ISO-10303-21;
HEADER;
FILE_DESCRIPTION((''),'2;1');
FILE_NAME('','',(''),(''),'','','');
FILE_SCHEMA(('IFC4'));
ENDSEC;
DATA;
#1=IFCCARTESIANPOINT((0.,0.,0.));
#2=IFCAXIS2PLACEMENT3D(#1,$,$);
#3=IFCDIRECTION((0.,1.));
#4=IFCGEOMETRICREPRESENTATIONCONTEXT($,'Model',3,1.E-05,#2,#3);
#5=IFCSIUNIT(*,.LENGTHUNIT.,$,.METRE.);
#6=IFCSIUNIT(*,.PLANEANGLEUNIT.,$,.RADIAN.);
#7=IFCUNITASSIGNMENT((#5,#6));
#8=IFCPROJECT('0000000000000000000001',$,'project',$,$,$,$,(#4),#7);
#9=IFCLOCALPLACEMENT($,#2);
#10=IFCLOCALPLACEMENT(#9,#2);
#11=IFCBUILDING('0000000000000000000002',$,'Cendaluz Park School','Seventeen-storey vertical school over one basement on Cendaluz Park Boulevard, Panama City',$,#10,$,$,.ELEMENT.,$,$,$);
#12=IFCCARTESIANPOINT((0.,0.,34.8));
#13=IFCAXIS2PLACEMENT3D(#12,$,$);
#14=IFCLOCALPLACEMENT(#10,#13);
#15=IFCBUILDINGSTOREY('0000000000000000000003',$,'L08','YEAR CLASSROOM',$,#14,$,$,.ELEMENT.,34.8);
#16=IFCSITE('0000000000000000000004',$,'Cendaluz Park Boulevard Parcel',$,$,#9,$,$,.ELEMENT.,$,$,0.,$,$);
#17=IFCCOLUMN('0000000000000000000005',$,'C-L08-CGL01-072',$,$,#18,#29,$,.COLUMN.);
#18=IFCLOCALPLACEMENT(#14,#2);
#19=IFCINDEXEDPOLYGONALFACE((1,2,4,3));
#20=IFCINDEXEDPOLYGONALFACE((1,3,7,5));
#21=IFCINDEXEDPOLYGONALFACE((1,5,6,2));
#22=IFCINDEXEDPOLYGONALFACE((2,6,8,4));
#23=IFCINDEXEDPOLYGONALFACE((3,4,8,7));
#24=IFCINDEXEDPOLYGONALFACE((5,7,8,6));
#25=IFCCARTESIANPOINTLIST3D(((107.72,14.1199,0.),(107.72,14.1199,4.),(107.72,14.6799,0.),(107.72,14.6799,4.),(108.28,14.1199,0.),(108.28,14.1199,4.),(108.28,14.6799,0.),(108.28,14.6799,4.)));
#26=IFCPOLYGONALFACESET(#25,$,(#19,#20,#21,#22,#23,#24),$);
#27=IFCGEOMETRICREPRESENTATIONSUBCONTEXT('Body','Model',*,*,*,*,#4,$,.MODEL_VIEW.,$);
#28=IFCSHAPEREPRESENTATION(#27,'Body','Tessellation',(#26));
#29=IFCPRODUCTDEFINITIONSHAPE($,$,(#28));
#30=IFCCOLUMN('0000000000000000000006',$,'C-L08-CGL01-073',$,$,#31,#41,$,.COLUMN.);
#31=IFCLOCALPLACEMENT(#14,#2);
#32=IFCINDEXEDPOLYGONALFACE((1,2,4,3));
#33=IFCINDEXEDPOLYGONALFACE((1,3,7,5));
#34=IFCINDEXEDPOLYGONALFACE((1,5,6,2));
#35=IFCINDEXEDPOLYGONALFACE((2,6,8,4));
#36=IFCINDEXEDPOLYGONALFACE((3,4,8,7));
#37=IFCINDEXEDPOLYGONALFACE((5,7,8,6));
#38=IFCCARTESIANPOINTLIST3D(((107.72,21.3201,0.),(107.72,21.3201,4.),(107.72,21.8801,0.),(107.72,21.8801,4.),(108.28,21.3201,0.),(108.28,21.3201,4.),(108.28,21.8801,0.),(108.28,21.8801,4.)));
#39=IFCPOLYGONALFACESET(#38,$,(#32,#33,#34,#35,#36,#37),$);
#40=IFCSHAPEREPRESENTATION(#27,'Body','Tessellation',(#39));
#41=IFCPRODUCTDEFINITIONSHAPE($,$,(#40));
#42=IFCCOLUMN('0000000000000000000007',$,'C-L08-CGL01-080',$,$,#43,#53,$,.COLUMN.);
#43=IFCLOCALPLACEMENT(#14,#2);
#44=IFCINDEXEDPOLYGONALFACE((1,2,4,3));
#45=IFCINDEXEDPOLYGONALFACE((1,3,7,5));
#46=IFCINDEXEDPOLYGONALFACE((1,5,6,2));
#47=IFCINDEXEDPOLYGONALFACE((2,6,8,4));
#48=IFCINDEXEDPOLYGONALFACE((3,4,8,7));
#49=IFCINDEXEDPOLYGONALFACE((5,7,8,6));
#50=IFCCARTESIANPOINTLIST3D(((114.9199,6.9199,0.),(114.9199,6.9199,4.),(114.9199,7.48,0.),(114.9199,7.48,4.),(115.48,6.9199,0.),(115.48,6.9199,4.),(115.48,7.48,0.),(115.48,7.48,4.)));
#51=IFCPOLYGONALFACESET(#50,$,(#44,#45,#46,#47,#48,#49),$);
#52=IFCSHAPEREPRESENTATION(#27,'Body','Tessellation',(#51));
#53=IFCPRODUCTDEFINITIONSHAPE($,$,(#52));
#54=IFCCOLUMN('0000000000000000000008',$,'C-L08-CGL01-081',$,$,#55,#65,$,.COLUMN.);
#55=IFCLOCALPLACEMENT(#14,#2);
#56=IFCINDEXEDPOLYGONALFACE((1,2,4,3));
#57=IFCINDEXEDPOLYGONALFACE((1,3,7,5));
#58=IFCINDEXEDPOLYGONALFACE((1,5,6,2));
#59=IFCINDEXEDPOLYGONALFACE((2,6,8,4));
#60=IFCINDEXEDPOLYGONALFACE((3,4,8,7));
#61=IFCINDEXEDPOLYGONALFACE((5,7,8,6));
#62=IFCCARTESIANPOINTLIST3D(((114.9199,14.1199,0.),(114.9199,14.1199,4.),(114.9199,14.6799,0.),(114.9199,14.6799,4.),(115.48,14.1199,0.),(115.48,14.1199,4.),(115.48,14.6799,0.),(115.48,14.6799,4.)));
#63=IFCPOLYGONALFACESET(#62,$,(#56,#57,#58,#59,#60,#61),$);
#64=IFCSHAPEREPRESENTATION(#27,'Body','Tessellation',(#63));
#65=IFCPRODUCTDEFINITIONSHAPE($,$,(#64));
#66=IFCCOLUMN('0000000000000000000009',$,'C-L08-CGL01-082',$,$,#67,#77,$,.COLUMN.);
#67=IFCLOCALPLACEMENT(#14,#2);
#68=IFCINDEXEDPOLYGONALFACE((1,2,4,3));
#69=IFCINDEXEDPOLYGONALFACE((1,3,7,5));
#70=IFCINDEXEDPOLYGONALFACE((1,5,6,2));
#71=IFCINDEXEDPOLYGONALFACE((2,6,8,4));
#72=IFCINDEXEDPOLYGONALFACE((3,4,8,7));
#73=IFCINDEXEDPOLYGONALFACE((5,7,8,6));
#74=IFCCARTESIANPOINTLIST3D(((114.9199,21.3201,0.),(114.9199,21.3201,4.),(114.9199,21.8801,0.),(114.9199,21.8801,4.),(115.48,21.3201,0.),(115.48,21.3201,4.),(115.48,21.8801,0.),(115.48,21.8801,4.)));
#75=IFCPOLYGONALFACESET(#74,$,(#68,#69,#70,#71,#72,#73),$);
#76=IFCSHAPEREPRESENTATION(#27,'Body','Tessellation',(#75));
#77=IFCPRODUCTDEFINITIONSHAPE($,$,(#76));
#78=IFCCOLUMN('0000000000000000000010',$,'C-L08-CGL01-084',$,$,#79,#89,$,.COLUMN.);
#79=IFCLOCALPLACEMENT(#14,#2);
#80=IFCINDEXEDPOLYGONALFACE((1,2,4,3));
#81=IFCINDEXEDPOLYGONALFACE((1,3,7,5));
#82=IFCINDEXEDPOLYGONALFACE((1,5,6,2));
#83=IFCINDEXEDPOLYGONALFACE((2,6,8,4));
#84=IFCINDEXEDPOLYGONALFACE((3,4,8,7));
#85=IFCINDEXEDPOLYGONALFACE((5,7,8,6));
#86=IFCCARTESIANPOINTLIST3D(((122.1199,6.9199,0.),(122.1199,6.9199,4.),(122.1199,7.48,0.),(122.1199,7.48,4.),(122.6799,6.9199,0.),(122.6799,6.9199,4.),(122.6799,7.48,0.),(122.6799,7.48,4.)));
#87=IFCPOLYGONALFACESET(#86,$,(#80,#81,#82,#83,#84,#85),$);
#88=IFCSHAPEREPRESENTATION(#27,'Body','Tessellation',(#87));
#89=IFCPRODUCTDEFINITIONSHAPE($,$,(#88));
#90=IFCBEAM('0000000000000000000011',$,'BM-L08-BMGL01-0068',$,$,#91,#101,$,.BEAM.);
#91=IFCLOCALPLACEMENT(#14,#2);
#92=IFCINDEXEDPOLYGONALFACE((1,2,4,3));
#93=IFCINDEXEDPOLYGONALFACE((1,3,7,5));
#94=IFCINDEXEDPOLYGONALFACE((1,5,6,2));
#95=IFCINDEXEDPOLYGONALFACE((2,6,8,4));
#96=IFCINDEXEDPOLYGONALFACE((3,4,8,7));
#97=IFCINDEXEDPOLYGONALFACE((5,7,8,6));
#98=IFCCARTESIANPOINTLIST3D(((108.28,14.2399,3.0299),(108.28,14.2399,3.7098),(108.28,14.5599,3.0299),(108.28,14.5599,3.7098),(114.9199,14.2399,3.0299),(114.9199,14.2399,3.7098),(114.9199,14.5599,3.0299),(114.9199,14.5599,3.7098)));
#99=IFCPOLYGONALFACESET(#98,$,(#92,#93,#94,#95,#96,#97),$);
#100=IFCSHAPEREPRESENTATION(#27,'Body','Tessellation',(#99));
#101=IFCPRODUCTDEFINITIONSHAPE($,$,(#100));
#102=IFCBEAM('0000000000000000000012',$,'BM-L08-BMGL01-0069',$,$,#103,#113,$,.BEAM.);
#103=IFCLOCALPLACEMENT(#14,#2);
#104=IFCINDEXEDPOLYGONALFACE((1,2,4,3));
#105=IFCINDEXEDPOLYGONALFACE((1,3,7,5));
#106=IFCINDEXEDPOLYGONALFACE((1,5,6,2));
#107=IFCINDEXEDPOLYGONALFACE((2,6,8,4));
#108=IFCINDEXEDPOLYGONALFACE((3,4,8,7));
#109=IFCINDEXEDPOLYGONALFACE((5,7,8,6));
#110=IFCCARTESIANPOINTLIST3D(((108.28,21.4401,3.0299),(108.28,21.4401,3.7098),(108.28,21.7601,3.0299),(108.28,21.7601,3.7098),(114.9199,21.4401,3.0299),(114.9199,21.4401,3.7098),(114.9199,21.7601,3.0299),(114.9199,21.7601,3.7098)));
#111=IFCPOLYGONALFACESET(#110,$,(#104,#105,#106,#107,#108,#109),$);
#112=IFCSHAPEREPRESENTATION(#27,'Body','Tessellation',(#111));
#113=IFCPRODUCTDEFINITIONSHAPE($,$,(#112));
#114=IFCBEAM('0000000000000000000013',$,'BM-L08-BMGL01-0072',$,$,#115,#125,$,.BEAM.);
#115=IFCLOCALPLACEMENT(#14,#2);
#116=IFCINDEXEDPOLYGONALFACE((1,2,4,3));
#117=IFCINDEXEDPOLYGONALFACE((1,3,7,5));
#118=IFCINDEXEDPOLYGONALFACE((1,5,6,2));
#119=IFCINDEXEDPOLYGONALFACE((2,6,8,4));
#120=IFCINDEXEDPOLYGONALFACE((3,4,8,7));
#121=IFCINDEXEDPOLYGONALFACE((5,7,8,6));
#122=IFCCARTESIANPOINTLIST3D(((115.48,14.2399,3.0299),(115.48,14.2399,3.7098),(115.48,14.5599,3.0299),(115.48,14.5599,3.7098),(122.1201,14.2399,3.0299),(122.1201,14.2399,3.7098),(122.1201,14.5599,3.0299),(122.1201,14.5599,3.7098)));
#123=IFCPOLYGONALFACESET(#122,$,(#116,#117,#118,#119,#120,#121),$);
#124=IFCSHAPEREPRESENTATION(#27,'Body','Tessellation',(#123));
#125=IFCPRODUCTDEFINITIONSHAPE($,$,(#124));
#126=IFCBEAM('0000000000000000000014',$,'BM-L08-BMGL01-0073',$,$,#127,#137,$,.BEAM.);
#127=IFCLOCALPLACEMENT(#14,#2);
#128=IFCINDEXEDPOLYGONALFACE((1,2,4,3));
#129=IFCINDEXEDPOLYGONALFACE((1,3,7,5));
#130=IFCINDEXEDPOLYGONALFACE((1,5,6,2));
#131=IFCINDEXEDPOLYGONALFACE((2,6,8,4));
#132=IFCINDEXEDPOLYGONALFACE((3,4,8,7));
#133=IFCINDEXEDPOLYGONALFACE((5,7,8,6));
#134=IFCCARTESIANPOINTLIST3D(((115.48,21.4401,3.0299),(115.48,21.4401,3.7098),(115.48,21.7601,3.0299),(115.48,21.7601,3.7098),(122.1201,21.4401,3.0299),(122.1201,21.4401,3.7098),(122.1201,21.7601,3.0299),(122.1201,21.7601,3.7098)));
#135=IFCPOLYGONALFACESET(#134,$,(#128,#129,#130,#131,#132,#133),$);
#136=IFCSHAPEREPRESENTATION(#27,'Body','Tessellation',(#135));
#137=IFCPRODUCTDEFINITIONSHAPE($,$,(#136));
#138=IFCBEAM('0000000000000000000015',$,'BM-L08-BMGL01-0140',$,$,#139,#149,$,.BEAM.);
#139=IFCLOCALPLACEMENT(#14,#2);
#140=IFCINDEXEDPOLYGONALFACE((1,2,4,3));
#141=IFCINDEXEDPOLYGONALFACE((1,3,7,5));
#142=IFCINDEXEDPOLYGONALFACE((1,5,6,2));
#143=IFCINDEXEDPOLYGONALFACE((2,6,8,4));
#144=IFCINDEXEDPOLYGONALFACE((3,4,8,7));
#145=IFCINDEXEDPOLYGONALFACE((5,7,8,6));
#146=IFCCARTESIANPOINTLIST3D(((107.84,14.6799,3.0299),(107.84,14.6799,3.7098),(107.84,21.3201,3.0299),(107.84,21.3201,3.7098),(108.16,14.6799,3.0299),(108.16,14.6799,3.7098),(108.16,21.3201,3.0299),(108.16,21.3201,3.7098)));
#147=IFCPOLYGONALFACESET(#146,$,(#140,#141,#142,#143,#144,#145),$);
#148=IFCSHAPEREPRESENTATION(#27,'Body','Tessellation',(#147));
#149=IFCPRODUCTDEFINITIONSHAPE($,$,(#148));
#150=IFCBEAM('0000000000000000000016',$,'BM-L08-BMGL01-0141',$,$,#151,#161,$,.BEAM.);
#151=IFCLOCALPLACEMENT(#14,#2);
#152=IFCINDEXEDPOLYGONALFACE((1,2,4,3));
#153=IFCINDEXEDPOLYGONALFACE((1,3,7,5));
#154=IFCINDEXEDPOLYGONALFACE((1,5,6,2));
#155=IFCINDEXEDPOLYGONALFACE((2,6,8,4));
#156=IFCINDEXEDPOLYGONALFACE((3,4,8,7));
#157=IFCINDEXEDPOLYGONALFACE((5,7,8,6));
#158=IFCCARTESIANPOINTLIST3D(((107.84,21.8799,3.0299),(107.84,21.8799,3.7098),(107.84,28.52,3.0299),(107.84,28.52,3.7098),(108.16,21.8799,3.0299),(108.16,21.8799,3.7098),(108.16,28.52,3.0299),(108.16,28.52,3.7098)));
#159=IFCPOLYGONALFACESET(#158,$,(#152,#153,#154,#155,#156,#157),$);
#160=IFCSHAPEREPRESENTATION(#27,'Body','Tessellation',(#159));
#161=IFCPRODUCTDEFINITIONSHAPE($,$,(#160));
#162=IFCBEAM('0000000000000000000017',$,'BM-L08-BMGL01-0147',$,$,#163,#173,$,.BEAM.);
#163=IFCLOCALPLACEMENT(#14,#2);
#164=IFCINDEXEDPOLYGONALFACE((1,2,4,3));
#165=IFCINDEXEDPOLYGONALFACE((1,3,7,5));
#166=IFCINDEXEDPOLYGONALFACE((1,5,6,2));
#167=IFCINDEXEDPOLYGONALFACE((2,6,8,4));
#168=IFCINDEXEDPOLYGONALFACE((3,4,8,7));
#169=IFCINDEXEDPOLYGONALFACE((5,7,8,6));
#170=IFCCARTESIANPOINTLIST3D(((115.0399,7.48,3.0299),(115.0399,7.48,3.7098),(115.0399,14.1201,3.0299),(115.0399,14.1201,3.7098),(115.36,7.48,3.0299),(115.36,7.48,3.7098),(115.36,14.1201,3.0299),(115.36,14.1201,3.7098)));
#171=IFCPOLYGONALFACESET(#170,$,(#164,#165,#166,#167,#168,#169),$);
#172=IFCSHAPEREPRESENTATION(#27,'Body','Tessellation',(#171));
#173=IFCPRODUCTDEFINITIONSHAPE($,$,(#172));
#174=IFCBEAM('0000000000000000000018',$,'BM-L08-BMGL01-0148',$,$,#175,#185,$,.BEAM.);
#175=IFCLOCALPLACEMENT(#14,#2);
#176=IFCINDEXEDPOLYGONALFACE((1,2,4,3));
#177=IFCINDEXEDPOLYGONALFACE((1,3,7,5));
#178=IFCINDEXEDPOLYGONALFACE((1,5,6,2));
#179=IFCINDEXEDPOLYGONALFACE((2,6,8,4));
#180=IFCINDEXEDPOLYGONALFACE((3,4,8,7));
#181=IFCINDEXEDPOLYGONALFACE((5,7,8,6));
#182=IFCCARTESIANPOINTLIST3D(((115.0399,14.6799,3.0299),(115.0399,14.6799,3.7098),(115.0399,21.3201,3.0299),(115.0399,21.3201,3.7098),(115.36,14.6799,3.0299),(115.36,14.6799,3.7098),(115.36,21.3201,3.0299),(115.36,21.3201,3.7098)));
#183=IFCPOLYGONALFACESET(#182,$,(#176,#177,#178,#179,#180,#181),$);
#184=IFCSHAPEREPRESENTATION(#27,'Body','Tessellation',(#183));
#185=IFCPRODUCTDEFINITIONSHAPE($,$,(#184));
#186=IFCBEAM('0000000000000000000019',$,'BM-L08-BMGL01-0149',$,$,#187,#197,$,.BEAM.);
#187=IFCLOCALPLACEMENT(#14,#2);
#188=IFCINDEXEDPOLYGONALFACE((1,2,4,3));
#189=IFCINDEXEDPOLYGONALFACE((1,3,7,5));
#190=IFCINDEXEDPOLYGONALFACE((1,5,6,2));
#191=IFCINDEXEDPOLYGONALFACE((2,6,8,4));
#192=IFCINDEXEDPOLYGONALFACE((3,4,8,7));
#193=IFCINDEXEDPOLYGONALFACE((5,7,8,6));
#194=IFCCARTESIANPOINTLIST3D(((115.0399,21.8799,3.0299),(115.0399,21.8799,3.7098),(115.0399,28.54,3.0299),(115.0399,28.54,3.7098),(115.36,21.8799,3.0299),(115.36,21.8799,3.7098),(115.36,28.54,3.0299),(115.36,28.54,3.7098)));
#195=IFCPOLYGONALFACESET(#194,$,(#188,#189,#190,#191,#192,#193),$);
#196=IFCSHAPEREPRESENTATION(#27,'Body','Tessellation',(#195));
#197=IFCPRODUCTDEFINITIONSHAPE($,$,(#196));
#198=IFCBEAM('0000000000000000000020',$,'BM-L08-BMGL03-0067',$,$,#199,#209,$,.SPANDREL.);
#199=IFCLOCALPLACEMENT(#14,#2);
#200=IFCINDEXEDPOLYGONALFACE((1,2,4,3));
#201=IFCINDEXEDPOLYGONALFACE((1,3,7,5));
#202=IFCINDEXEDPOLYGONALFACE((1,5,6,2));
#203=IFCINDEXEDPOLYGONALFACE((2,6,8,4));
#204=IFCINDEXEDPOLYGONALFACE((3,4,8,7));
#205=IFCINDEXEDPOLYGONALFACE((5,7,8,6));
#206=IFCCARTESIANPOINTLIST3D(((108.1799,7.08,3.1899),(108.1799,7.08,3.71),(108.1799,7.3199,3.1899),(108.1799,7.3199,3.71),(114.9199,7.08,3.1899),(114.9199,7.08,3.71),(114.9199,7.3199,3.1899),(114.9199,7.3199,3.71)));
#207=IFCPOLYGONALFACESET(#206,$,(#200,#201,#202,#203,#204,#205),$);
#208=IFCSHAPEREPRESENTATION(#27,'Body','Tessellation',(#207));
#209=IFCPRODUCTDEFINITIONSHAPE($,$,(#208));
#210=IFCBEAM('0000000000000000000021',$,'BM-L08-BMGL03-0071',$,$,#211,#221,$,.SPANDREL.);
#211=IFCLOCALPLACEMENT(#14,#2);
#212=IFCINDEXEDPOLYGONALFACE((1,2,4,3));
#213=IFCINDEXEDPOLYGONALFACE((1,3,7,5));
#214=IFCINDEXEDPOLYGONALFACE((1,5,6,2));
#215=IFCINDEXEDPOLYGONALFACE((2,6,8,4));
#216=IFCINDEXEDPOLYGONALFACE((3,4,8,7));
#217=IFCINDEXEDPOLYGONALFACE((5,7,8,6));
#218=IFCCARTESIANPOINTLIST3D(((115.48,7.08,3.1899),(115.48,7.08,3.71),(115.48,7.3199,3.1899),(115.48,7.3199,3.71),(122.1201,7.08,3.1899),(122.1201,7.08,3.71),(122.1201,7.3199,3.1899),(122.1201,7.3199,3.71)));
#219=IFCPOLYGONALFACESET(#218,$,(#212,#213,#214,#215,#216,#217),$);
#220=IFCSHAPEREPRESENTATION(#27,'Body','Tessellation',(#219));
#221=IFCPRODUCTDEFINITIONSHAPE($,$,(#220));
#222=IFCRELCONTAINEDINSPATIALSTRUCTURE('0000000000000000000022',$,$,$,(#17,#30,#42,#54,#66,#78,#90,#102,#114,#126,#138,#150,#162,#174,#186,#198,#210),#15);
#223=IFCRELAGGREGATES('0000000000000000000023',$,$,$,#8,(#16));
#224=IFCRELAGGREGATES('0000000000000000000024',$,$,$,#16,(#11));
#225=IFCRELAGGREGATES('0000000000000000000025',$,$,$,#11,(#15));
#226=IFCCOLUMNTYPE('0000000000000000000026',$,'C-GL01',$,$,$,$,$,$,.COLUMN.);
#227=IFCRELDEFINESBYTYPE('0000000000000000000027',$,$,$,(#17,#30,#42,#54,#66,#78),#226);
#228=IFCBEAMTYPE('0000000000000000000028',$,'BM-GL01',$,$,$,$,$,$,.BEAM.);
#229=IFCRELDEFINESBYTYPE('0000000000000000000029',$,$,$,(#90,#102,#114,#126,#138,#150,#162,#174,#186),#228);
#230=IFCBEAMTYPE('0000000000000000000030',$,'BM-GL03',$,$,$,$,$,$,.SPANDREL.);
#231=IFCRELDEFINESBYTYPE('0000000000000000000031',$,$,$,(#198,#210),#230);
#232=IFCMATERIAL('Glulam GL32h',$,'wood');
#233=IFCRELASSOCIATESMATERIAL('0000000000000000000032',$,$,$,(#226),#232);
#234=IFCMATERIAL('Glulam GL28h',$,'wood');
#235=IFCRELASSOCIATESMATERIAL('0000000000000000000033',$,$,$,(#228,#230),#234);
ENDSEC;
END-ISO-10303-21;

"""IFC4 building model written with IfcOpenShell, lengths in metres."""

from ifc_helpers import new_model, si_unit, direction, frame, origin, origin_2d, place, context, subcontext, project, spatial, rectangle, extrude, material, material_profile, profile_set, type_object, element, save


model = new_model("IFC4")

# Units and contexts
model_context = context("Model", 3, precision=1e-05, world=origin(), true_north=direction((0.0, 1.0)))
body_context = subcontext(model_context, "Body", "Model", "MODEL_VIEW")
ifc_project = project(units=[si_unit("LENGTHUNIT", "METRE"), si_unit("PLANEANGLEUNIT", "RADIAN")], contexts=[model_context])

# Site, building, storey
site_placement = place(None, origin())
site = spatial("IfcSite", under=ifc_project, at=site_placement, Name="Cendaluz Park Boulevard Parcel", CompositionType="ELEMENT", RefElevation=0.0)
building_placement = place(site_placement, origin())
building = spatial("IfcBuilding", under=site, at=building_placement, Name="Cendaluz Park School", Description="Seventeen-storey vertical school over one basement on Cendaluz Park Boulevard, Panama City", CompositionType="ELEMENT")
storey_placement = place(building_placement, frame((0.0, 0.0, 34.8)))
storey = spatial("IfcBuildingStorey", under=building, at=storey_placement, Name="L08", Description="YEAR CLASSROOM", CompositionType="ELEMENT", Elevation=34.8)

# Columns
ifc_material_1 = material(Name="Glulam GL32h", Category="wood")
ifc_material_profile_1 = material_profile(ifc_material_1, rectangle(XDim=0.5601, YDim=0.5601, at=origin_2d()), Name="GL32h 560x560", Category="wood")
ifc_profile_set_1 = profile_set([ifc_material_profile_1], Name="Glulam GL32h")
column_type = type_object("IfcColumnType", Name="C-GL01", PredefinedType="COLUMN", material=ifc_profile_set_1)
for number, where, z_axis, x_axis, name in (
    (1, (108.0, 14.3999, 0.0), (0.0, 0.0, 1.0), (1.0, 0.0, 0.0), "C-L08-CGL01-072"),
    (2, (108.0, 21.6001, 0.0), (0.0, 0.0, 1.0), (1.0, 0.0, 0.0), "C-L08-CGL01-073"),
    (3, (115.2, 7.2, 0.0), (0.0, 0.0, 1.0), (1.0, 0.0, 0.0), "C-L08-CGL01-080"),
    (4, (115.2, 14.3999, 0.0), (0.0, 0.0, 1.0), (1.0, 0.0, 0.0), "C-L08-CGL01-081"),
    (5, (115.2, 21.6001, 0.0), (0.0, 0.0, 1.0), (1.0, 0.0, 0.0), "C-L08-CGL01-082"),
    (6, (122.3999, 7.2, 0.0), (0.0, 0.0, 1.0), (1.0, 0.0, 0.0), "C-L08-CGL01-084"),
):
    element("IfcColumn", number, at=place(storey_placement, frame(where, z_axis=z_axis, x_axis=x_axis)), inside=storey, type_object=column_type, Name=name, PredefinedType="COLUMN", context=body_context, shape_type="SweptSolid", body=[
        extrude(rectangle(XDim=0.5601, YDim=0.5601, at=origin_2d()), origin(), (0.0, 0.0, 1.0), 4.0),
    ])

# Beams
ifc_material_2 = material(Name="Glulam GL28h", Category="wood")
ifc_material_profile_2 = material_profile(ifc_material_2, rectangle(XDim=0.3201, YDim=0.6799, at=origin_2d()), Name="GL28h 320x680", Category="wood")
ifc_profile_set_2 = profile_set([ifc_material_profile_2], Name="Glulam GL28h")
beam_type_1 = type_object("IfcBeamType", Name="BM-GL01", PredefinedType="BEAM", material=ifc_profile_set_2)
for number, where, z_axis, x_axis, name in (
    (7, (108.28, 14.3999, 3.3699), (1.0, 0.0, 0.0), (0.0, 1.0, 0.0), "BM-L08-BMGL01-0068"),
    (8, (108.28, 21.6001, 3.3699), (1.0, 0.0, 0.0), (0.0, 1.0, 0.0), "BM-L08-BMGL01-0069"),
):
    element("IfcBeam", number, at=place(storey_placement, frame(where, z_axis=z_axis, x_axis=x_axis)), inside=storey, type_object=beam_type_1, Name=name, PredefinedType="BEAM", context=body_context, shape_type="SweptSolid", body=[
        extrude(rectangle(XDim=0.3201, YDim=0.6799, at=origin_2d()), origin(), (0.0, 0.0, 1.0), 6.6399),
    ])
for number, where, z_axis, x_axis, name in (
    (9, (115.48, 14.3999, 3.3699), (1.0, 0.0, 0.0), (0.0, 1.0, 0.0), "BM-L08-BMGL01-0072"),
    (10, (115.48, 21.6001, 3.3699), (1.0, 0.0, 0.0), (0.0, 1.0, 0.0), "BM-L08-BMGL01-0073"),
    (11, (108.0, 14.6799, 3.3699), (0.0, 1.0, 0.0), (-1.0, 0.0, 0.0), "BM-L08-BMGL01-0140"),
    (12, (108.0, 21.8799, 3.3699), (0.0, 1.0, 0.0), (-1.0, 0.0, 0.0), "BM-L08-BMGL01-0141"),
    (13, (115.2, 7.48, 3.3699), (0.0, 1.0, 0.0), (-1.0, 0.0, 0.0), "BM-L08-BMGL01-0147"),
    (14, (115.2, 14.6799, 3.3699), (0.0, 1.0, 0.0), (-1.0, 0.0, 0.0), "BM-L08-BMGL01-0148"),
):
    element("IfcBeam", number, at=place(storey_placement, frame(where, z_axis=z_axis, x_axis=x_axis)), inside=storey, type_object=beam_type_1, Name=name, PredefinedType="BEAM", context=body_context, shape_type="SweptSolid", body=[
        extrude(rectangle(XDim=0.3201, YDim=0.6799, at=origin_2d()), origin(), (0.0, 0.0, 1.0), 6.6401),
    ])
beam_1_placement = place(storey_placement, frame((115.2, 21.8799, 3.3699), z_axis=(0.0, 1.0, 0.0), x_axis=(-1.0, 0.0, 0.0)))
element("IfcBeam", 15, at=beam_1_placement, inside=storey, type_object=beam_type_1, Name="BM-L08-BMGL01-0149", PredefinedType="BEAM", context=body_context, shape_type="SweptSolid", body=[
    extrude(rectangle(XDim=0.3201, YDim=0.6799, at=origin_2d()), origin(), (0.0, 0.0, 1.0), 6.6602),
])
ifc_material_profile_3 = material_profile(ifc_material_2, rectangle(XDim=0.24, YDim=0.52, at=origin_2d()), Name="GL28h 240x520", Category="wood")
ifc_profile_set_3 = profile_set([ifc_material_profile_3], Name="Glulam GL28h")
beam_type_2 = type_object("IfcBeamType", Name="BM-GL03", PredefinedType="SPANDREL", material=ifc_profile_set_3)
beam_2_placement = place(storey_placement, frame((108.1799, 7.2, 3.45), z_axis=(1.0, 0.0, 0.0), x_axis=(0.0, 1.0, 0.0)))
element("IfcBeam", 16, at=beam_2_placement, inside=storey, type_object=beam_type_2, Name="BM-L08-BMGL03-0067", PredefinedType="SPANDREL", context=body_context, shape_type="SweptSolid", body=[
    extrude(rectangle(XDim=0.24, YDim=0.52, at=origin_2d()), origin(), (0.0, 0.0, 1.0), 6.74),
])
beam_3_placement = place(storey_placement, frame((115.48, 7.2, 3.45), z_axis=(1.0, 0.0, 0.0), x_axis=(0.0, 1.0, 0.0)))
element("IfcBeam", 17, at=beam_3_placement, inside=storey, type_object=beam_type_2, Name="BM-L08-BMGL03-0071", PredefinedType="SPANDREL", context=body_context, shape_type="SweptSolid", body=[
    extrude(rectangle(XDim=0.24, YDim=0.52, at=origin_2d()), origin(), (0.0, 0.0, 1.0), 6.6401),
])

save(model, "model.ifc")
